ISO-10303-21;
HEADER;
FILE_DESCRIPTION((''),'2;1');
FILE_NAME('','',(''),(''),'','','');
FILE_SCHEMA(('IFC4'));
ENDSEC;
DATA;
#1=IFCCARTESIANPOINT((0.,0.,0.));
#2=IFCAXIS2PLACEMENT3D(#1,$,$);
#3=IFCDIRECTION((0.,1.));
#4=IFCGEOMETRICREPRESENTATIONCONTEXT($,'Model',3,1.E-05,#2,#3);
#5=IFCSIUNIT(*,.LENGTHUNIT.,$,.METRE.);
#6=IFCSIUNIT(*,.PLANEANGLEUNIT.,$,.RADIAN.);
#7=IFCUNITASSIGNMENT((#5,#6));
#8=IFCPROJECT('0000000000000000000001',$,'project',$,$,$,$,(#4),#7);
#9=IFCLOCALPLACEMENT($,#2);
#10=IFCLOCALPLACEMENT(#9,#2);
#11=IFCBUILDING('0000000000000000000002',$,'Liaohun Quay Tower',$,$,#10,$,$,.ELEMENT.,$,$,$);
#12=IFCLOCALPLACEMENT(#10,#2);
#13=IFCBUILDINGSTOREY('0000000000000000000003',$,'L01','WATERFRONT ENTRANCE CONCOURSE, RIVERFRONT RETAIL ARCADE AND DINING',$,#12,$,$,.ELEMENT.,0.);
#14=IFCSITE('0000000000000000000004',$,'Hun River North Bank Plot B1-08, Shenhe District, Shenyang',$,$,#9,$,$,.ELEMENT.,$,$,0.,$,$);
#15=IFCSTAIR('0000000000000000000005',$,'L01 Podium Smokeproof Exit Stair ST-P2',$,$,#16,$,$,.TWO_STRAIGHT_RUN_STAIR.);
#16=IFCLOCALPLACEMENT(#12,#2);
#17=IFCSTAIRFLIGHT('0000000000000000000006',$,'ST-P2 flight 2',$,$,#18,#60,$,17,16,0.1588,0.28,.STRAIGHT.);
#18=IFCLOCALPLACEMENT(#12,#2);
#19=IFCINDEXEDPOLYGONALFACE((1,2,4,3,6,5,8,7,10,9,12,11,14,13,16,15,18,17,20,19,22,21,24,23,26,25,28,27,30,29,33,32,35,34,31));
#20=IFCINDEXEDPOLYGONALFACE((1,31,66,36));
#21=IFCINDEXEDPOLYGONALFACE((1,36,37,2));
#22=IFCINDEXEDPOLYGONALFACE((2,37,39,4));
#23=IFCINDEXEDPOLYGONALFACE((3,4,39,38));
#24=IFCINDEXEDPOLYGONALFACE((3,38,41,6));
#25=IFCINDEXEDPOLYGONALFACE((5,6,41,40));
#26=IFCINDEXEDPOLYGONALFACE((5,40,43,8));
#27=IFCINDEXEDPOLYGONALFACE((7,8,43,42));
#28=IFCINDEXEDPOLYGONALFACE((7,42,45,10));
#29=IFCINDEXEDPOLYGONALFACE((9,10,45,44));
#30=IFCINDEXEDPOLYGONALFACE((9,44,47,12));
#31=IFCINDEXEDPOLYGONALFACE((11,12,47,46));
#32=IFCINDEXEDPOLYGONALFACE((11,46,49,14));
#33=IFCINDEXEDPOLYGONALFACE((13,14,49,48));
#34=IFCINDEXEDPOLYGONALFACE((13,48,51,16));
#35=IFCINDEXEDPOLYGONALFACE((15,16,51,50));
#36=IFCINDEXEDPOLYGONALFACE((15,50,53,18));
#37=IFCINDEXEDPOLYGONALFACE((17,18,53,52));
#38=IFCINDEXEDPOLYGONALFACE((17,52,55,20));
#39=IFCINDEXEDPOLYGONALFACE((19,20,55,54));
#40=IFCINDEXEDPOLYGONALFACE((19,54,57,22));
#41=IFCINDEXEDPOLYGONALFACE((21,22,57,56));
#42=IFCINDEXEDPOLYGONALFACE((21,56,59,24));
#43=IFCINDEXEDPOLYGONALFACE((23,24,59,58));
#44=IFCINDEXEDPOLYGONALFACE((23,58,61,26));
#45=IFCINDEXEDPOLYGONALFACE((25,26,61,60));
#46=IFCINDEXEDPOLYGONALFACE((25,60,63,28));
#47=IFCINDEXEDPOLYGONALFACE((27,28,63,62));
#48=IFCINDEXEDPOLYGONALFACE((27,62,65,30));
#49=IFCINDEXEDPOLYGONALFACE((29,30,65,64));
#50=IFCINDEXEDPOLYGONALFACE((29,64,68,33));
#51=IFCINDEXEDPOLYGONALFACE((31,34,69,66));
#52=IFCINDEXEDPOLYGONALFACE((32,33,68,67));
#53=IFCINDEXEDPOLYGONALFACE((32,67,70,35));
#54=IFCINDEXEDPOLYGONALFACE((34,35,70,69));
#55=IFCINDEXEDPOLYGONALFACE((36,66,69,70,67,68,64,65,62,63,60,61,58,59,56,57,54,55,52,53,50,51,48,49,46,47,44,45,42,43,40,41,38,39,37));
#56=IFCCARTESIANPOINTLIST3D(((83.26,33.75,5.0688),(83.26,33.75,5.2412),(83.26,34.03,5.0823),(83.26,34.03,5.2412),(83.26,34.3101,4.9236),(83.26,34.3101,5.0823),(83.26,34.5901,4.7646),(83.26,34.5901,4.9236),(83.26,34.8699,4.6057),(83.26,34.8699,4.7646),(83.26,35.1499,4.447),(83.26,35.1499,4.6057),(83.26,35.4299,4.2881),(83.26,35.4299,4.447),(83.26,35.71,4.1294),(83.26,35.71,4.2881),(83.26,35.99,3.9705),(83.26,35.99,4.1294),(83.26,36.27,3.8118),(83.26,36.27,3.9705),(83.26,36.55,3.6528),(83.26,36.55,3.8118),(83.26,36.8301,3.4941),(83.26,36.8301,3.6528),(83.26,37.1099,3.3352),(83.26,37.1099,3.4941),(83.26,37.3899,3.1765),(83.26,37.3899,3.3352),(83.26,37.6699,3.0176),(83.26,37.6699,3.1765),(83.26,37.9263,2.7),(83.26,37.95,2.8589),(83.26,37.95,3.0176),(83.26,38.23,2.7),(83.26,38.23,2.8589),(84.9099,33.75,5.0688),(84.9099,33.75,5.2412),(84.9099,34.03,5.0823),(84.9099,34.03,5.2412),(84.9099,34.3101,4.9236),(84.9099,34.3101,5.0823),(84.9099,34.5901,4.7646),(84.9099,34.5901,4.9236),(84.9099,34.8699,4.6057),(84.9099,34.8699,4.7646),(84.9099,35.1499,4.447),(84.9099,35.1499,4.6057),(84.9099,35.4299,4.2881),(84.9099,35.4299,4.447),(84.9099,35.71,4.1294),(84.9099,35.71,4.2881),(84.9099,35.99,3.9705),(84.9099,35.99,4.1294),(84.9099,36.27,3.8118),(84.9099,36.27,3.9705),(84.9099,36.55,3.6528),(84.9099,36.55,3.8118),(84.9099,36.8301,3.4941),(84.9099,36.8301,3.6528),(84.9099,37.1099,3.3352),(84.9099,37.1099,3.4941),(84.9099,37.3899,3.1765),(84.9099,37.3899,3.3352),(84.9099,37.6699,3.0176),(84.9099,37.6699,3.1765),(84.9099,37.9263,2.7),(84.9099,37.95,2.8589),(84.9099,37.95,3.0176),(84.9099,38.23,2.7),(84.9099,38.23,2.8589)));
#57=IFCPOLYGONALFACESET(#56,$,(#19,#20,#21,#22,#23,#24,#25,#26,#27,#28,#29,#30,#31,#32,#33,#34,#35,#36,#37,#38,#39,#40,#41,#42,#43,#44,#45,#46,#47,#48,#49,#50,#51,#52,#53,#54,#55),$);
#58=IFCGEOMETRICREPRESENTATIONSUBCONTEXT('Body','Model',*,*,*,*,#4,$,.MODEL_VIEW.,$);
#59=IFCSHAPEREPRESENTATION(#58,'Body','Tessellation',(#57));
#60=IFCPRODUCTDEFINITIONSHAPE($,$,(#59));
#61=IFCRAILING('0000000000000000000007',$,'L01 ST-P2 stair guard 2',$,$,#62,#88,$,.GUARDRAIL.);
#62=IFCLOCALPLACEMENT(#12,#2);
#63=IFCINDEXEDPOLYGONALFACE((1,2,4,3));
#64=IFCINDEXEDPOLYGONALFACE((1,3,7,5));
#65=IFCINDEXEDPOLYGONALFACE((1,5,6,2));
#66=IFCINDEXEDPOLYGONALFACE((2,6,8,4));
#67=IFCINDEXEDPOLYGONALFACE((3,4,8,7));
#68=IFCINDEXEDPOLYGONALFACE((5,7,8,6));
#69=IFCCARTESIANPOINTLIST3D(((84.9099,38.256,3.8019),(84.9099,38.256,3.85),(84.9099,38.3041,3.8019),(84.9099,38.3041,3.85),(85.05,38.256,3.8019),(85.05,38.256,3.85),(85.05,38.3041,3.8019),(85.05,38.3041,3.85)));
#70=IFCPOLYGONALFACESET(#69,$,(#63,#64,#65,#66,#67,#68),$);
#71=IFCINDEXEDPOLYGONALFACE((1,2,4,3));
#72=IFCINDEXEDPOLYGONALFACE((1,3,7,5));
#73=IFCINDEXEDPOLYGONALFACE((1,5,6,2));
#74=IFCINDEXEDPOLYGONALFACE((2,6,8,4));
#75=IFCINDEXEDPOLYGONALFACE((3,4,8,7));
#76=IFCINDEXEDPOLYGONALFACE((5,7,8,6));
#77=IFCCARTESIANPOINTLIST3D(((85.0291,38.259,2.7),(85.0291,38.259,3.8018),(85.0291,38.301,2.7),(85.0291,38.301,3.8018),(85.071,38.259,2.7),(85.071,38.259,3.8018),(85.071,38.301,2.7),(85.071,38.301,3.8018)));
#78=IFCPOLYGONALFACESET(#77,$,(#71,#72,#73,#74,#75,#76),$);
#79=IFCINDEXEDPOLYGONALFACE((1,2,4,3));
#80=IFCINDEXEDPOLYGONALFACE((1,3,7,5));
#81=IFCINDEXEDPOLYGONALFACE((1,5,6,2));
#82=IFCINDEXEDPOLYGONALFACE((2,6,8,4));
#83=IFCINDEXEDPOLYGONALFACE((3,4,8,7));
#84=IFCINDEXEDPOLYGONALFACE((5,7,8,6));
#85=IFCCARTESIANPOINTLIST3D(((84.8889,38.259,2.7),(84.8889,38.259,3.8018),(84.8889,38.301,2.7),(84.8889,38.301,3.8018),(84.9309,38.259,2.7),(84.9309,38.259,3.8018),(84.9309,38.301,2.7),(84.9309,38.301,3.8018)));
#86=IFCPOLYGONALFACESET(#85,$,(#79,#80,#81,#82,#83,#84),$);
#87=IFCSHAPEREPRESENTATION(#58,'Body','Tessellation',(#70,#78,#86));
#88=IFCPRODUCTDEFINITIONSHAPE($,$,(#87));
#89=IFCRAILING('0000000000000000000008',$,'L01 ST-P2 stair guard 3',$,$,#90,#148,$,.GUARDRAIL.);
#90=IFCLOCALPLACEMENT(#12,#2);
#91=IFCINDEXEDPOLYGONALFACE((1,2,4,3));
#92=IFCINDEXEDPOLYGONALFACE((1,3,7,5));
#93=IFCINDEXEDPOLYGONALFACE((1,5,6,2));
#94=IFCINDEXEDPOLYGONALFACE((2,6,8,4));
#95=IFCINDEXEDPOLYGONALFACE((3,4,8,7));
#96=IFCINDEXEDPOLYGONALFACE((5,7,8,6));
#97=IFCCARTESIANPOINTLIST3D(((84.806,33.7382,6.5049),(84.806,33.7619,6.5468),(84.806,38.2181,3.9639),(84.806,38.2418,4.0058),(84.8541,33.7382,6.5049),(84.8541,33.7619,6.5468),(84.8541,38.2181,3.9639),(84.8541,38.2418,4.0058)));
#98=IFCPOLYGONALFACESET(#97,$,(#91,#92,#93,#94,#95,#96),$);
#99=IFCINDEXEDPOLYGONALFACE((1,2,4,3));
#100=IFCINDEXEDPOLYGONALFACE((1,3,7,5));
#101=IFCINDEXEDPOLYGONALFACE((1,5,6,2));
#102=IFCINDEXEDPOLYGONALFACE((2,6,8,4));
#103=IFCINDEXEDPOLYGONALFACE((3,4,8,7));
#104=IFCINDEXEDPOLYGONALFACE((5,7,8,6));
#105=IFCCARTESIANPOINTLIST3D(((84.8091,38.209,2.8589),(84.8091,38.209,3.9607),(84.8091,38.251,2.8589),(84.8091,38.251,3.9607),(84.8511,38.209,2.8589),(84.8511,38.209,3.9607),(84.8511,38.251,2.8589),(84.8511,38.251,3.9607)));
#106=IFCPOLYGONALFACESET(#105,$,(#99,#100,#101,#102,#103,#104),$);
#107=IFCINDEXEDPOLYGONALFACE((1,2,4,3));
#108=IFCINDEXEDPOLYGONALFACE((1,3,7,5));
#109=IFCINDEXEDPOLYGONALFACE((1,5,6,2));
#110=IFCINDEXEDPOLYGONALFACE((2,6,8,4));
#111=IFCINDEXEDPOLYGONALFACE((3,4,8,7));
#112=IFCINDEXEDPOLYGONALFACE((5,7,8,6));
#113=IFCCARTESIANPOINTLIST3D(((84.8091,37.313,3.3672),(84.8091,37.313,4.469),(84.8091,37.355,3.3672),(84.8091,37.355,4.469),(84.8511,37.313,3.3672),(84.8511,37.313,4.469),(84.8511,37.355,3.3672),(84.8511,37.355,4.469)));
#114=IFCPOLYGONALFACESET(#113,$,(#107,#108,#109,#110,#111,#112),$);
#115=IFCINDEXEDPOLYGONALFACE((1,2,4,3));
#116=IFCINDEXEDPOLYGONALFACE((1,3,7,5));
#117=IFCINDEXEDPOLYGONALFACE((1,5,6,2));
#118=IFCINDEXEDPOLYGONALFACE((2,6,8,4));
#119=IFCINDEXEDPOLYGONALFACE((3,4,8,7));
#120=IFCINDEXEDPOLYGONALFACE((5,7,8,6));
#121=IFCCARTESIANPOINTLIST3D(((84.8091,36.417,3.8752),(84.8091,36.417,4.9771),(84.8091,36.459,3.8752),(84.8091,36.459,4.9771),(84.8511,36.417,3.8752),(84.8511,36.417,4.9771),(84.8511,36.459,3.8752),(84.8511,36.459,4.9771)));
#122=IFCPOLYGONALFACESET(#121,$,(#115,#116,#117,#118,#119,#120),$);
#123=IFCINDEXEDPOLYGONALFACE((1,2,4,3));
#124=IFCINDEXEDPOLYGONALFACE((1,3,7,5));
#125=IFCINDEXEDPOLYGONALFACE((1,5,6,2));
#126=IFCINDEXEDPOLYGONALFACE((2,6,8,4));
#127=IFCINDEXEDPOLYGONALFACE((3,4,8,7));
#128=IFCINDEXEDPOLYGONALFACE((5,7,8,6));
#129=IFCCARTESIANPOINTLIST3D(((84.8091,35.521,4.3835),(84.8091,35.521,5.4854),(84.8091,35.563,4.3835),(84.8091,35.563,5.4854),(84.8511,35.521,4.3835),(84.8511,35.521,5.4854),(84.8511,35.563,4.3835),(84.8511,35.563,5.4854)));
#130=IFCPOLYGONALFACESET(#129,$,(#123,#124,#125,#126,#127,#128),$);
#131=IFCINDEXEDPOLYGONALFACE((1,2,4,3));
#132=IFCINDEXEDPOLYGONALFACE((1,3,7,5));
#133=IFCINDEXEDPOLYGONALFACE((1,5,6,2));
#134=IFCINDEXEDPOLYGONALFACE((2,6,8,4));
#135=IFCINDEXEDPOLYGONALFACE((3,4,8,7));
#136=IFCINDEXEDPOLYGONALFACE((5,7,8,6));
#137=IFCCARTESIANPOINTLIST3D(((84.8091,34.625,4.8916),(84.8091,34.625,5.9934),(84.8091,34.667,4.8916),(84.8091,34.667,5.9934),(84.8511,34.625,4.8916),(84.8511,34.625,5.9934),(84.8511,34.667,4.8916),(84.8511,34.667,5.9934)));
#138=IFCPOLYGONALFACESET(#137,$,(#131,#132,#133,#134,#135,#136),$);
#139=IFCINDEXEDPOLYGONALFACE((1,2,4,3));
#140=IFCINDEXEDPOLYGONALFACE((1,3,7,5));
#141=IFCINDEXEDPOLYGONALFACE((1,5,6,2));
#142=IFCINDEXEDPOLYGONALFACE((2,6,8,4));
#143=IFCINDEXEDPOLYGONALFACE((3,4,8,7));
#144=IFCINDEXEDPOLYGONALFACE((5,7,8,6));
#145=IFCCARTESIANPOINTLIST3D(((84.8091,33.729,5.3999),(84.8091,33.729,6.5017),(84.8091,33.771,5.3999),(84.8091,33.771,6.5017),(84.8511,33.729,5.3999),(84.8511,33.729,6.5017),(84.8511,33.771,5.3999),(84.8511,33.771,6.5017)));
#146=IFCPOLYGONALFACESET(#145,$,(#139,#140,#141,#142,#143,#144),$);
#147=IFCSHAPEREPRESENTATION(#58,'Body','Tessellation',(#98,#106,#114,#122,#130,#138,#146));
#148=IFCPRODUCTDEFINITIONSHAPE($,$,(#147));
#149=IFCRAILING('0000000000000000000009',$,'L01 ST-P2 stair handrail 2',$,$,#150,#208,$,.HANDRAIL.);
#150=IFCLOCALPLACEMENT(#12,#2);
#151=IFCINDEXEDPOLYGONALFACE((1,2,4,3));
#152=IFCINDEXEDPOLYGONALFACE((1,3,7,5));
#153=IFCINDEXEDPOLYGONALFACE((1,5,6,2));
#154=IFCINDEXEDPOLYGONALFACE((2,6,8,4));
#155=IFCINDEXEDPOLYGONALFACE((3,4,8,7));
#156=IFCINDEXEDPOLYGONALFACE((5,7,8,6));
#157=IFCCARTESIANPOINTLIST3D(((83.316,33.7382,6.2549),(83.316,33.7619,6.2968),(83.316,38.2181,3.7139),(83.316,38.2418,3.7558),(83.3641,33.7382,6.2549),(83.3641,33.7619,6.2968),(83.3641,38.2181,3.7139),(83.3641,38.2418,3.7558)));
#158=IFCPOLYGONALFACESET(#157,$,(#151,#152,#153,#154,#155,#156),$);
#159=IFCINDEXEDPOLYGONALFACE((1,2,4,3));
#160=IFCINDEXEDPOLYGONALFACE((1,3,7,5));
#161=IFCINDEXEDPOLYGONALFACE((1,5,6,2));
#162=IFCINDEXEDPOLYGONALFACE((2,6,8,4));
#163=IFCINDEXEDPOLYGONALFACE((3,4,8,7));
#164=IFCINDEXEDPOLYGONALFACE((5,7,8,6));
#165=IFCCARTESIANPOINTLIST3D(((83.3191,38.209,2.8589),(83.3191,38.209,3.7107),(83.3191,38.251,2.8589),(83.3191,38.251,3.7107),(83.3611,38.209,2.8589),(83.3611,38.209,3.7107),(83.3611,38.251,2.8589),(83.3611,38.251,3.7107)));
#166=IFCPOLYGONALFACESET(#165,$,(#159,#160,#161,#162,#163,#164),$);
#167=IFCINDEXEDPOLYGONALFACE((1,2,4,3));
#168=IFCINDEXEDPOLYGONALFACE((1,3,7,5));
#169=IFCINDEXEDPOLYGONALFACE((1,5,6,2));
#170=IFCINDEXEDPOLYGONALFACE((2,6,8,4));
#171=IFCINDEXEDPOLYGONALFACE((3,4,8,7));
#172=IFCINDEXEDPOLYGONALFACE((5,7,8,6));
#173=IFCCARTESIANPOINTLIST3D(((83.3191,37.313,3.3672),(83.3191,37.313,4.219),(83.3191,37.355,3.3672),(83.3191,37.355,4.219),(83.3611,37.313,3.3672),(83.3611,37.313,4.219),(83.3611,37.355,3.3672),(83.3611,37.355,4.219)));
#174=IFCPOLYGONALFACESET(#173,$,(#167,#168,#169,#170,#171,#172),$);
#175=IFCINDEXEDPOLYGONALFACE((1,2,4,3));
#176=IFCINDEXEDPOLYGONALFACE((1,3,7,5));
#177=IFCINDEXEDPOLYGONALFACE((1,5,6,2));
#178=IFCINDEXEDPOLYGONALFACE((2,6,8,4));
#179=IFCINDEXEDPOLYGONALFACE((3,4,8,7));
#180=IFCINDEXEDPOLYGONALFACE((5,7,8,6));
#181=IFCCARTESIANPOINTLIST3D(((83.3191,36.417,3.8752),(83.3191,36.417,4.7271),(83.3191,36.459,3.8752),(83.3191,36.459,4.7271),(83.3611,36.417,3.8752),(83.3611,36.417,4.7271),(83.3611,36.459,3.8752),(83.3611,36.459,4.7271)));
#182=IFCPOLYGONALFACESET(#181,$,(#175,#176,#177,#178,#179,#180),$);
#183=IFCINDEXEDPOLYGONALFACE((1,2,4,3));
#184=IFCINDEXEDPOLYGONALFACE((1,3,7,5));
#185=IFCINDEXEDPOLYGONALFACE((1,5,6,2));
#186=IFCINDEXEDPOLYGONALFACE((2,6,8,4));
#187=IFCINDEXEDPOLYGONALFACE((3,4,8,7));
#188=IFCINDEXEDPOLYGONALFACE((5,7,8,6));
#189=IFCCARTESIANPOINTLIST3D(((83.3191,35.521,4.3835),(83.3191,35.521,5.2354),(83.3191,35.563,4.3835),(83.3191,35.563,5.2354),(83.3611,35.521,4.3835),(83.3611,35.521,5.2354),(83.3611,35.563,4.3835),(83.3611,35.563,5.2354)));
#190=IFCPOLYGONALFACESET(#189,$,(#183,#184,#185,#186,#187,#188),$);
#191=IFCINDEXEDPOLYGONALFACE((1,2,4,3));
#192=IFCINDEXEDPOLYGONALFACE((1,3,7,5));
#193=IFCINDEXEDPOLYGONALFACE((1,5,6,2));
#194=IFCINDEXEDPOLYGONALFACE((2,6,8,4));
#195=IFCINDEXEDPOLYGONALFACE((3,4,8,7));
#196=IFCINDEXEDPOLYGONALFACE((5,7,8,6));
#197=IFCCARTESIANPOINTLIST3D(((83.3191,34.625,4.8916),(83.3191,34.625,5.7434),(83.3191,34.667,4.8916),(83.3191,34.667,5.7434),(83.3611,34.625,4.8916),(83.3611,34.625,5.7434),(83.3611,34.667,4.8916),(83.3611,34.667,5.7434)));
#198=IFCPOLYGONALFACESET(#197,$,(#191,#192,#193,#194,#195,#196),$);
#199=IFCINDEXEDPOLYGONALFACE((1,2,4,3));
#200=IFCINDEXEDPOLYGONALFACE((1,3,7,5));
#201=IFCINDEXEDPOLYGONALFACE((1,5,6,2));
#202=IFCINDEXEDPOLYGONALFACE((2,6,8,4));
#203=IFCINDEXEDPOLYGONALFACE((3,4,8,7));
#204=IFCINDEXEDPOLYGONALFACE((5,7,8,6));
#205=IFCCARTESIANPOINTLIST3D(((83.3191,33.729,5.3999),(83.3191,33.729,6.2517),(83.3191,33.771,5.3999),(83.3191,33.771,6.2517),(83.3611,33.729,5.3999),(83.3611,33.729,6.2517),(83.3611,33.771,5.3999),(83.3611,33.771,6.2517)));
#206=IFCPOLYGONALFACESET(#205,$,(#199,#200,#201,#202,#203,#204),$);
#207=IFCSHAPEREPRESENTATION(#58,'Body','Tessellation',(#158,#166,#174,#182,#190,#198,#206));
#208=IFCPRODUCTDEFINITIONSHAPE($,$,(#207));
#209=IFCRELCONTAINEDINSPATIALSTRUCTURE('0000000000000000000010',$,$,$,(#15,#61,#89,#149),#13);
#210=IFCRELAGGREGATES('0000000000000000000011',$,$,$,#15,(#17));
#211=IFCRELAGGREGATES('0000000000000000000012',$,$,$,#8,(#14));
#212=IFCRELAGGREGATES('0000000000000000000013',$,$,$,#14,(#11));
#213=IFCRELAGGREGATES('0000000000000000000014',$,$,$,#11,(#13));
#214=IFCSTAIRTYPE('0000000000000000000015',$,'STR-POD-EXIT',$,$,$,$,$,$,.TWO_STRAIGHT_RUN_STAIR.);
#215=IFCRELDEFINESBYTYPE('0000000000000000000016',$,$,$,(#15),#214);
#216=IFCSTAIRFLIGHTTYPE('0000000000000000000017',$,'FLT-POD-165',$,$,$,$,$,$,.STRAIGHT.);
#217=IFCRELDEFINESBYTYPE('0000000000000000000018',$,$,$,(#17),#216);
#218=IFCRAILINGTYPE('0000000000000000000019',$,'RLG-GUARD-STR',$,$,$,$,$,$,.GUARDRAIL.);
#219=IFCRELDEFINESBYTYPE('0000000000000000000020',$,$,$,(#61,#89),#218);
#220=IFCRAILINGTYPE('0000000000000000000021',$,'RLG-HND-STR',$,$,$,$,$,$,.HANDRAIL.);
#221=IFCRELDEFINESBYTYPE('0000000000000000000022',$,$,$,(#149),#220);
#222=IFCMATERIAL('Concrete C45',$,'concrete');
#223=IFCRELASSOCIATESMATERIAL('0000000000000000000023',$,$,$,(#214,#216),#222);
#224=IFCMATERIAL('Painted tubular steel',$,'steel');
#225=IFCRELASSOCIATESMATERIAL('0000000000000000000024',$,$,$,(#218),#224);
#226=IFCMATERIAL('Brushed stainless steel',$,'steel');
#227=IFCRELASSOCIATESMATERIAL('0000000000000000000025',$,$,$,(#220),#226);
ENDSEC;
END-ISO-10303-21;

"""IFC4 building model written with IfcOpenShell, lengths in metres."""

from ifc_helpers import new_model, si_unit, direction, frame, origin, origin_2d, place, context, subcontext, project, spatial, polyline, rectangle, outline, extrude, material, type_object, element, aggregate, save


model = new_model("IFC4")

# Units and contexts
model_context = context("Model", 3, precision=1e-05, world=origin(), true_north=direction((0.0, 1.0)))
body_context = subcontext(model_context, "Body", "Model", "MODEL_VIEW")
ifc_project = project(units=[si_unit("LENGTHUNIT", "METRE"), si_unit("PLANEANGLEUNIT", "RADIAN")], contexts=[model_context])

# Site, building, storey
site_placement = place(None, origin())
site = spatial("IfcSite", under=ifc_project, at=site_placement, Name="Hun River North Bank Plot B1-08, Shenhe District, Shenyang", CompositionType="ELEMENT", RefElevation=0.0)
building_placement = place(site_placement, origin())
building = spatial("IfcBuilding", under=site, at=building_placement, Name="Liaohun Quay Tower", CompositionType="ELEMENT")
storey_placement = place(building_placement, origin())
storey = spatial("IfcBuildingStorey", under=building, at=storey_placement, Name="L01", Description="WATERFRONT ENTRANCE CONCOURSE, RIVERFRONT RETAIL ARCADE AND DINING", CompositionType="ELEMENT", Elevation=0.0)

# Stair, stair flight
ifc_material_1 = material(Name="Concrete C45", Category="concrete")
stair_type = type_object("IfcStairType", Name="STR-POD-EXIT", PredefinedType="TWO_STRAIGHT_RUN_STAIR", material=ifc_material_1)
stair_placement = place(storey_placement, origin())
stair = element("IfcStair", 1, at=stair_placement, inside=storey, type_object=stair_type, Name="L01 Podium Smokeproof Exit Stair ST-P2", PredefinedType="TWO_STRAIGHT_RUN_STAIR")
stair_flight_type = type_object("IfcStairFlightType", Name="FLT-POD-165", PredefinedType="STRAIGHT", material=ifc_material_1)
stair_flight_placement = place(storey_placement, frame((84.085, 38.23, 2.7), z_axis=(0.0, 0.0, 1.0), x_axis=(0.0, -1.0, 0.0)))
stair_flight = element("IfcStairFlight", 2, at=stair_flight_placement, type_object=stair_flight_type, Name="ST-P2 flight 2", NumberOfRisers=17, NumberOfTreads=16, PredefinedType="STRAIGHT", RiserHeight=0.1588, TreadLength=0.28, context=body_context, shape_type="SweptSolid", body=[
    extrude(outline(polyline([(0.0, 0.0), (0.0, 0.1589), (0.28, 0.1589), (0.28, 0.3176), (0.5601, 0.3176), (0.5601, 0.4766), (0.8401, 0.4766), (0.8401, 0.6353), (1.1201, 0.6353), (1.1201, 0.7942), (1.3999, 0.7942), (1.3999, 0.9529), (1.6799, 0.9529), (1.6799, 1.1118), (1.96, 1.1118), (1.96, 1.2705), (2.24, 1.2705), (2.24, 1.4294), (2.52, 1.4294), (2.52, 1.5881), (2.8, 1.5881), (2.8, 1.7471), (3.0801, 1.7471), (3.0801, 1.9058), (3.3601, 1.9058), (3.3601, 2.0647), (3.6399, 2.0647), (3.6399, 2.2236), (3.9199, 2.2236), (3.9199, 2.3823), (4.2, 2.3823), (4.2, 2.5413), (4.48, 2.5413), (4.48, 2.7), (4.48, 2.3689), (0.3037, 0.0), (0.0, 0.0)])), frame((0.0, 0.825, 0.0), z_axis=(0.0, -1.0, 0.0), x_axis=(1.0, 0.0, 0.0)), (0.0, 0.0, 1.0), 1.6499),
])
aggregate(stair, [stair_flight])

# Railings
ifc_material_2 = material(Name="Painted tubular steel", Category="steel")
railing_type_1 = type_object("IfcRailingType", Name="RLG-GUARD-STR", PredefinedType="GUARDRAIL", material=ifc_material_2)
railing_1_placement = place(storey_placement, frame((85.05, 38.28, 2.7)))
element("IfcRailing", 3, at=railing_1_placement, inside=storey, type_object=railing_type_1, Name="L01 ST-P2 stair guard 2", PredefinedType="GUARDRAIL", context=body_context, shape_type="SweptSolid", body=[
    extrude(rectangle(XDim=0.0481, YDim=0.0481, at=origin_2d()), frame((0.0, 0.0, 1.126), z_axis=(-1.0, 0.0, 0.0), x_axis=(0.0, -1.0, 0.0)), (0.0, 0.0, 1.0), 0.1401),
    extrude(rectangle(XDim=0.042, YDim=0.042, at=origin_2d()), origin(), (0.0, 0.0, 1.0), 1.1018),
    extrude(rectangle(XDim=0.042, YDim=0.042, at=origin_2d()), frame((-0.1401, 0.0, 0.0)), (0.0, 0.0, 1.0), 1.1018),
])
railing_2_placement = place(storey_placement, frame((84.8301, 38.23, 2.8589)))
element("IfcRailing", 4, at=railing_2_placement, inside=storey, type_object=railing_type_1, Name="L01 ST-P2 stair guard 3", PredefinedType="GUARDRAIL", context=body_context, shape_type="SweptSolid", body=[
    extrude(rectangle(XDim=0.0481, YDim=0.0481, at=origin_2d()), frame((0.0, 0.0, 1.126), z_axis=(0.0, -0.869826, 0.493359), x_axis=(1.0, 0.0, 0.0)), (0.0, 0.0, 1.0), 5.1504),
    extrude(rectangle(XDim=0.042, YDim=0.042, at=origin_2d()), origin(), (0.0, 0.0, 1.0), 1.1018),
    extrude(rectangle(XDim=0.042, YDim=0.042, at=origin_2d()), frame((0.0, -0.896, 0.5083)), (0.0, 0.0, 1.0), 1.1018),
    extrude(rectangle(XDim=0.042, YDim=0.042, at=origin_2d()), frame((0.0, -1.792, 1.0164)), (0.0, 0.0, 1.0), 1.1018),
    extrude(rectangle(XDim=0.042, YDim=0.042, at=origin_2d()), frame((0.0, -2.688, 1.5247)), (0.0, 0.0, 1.0), 1.1018),
    extrude(rectangle(XDim=0.042, YDim=0.042, at=origin_2d()), frame((0.0, -3.584, 2.0327)), (0.0, 0.0, 1.0), 1.1018),
    extrude(rectangle(XDim=0.042, YDim=0.042, at=origin_2d()), frame((0.0, -4.48, 2.541)), (0.0, 0.0, 1.0), 1.1018),
])
ifc_material_3 = material(Name="Brushed stainless steel", Category="steel")
railing_type_2 = type_object("IfcRailingType", Name="RLG-HND-STR", PredefinedType="HANDRAIL", material=ifc_material_3)
railing_3_placement = place(storey_placement, frame((83.3401, 38.23, 2.8589)))
element("IfcRailing", 5, at=railing_3_placement, inside=storey, type_object=railing_type_2, Name="L01 ST-P2 stair handrail 2", PredefinedType="HANDRAIL", context=body_context, shape_type="SweptSolid", body=[
    extrude(rectangle(XDim=0.0481, YDim=0.0481, at=origin_2d()), frame((0.0, 0.0, 0.876), z_axis=(0.0, -0.869826, 0.493359), x_axis=(1.0, 0.0, 0.0)), (0.0, 0.0, 1.0), 5.1504),
    extrude(rectangle(XDim=0.042, YDim=0.042, at=origin_2d()), origin(), (0.0, 0.0, 1.0), 0.8518),
    extrude(rectangle(XDim=0.042, YDim=0.042, at=origin_2d()), frame((0.0, -0.896, 0.5083)), (0.0, 0.0, 1.0), 0.8518),
    extrude(rectangle(XDim=0.042, YDim=0.042, at=origin_2d()), frame((0.0, -1.792, 1.0164)), (0.0, 0.0, 1.0), 0.8518),
    extrude(rectangle(XDim=0.042, YDim=0.042, at=origin_2d()), frame((0.0, -2.688, 1.5247)), (0.0, 0.0, 1.0), 0.8518),
    extrude(rectangle(XDim=0.042, YDim=0.042, at=origin_2d()), frame((0.0, -3.584, 2.0327)), (0.0, 0.0, 1.0), 0.8518),
    extrude(rectangle(XDim=0.042, YDim=0.042, at=origin_2d()), frame((0.0, -4.48, 2.541)), (0.0, 0.0, 1.0), 0.8518),
])

save(model, "model.ifc")
